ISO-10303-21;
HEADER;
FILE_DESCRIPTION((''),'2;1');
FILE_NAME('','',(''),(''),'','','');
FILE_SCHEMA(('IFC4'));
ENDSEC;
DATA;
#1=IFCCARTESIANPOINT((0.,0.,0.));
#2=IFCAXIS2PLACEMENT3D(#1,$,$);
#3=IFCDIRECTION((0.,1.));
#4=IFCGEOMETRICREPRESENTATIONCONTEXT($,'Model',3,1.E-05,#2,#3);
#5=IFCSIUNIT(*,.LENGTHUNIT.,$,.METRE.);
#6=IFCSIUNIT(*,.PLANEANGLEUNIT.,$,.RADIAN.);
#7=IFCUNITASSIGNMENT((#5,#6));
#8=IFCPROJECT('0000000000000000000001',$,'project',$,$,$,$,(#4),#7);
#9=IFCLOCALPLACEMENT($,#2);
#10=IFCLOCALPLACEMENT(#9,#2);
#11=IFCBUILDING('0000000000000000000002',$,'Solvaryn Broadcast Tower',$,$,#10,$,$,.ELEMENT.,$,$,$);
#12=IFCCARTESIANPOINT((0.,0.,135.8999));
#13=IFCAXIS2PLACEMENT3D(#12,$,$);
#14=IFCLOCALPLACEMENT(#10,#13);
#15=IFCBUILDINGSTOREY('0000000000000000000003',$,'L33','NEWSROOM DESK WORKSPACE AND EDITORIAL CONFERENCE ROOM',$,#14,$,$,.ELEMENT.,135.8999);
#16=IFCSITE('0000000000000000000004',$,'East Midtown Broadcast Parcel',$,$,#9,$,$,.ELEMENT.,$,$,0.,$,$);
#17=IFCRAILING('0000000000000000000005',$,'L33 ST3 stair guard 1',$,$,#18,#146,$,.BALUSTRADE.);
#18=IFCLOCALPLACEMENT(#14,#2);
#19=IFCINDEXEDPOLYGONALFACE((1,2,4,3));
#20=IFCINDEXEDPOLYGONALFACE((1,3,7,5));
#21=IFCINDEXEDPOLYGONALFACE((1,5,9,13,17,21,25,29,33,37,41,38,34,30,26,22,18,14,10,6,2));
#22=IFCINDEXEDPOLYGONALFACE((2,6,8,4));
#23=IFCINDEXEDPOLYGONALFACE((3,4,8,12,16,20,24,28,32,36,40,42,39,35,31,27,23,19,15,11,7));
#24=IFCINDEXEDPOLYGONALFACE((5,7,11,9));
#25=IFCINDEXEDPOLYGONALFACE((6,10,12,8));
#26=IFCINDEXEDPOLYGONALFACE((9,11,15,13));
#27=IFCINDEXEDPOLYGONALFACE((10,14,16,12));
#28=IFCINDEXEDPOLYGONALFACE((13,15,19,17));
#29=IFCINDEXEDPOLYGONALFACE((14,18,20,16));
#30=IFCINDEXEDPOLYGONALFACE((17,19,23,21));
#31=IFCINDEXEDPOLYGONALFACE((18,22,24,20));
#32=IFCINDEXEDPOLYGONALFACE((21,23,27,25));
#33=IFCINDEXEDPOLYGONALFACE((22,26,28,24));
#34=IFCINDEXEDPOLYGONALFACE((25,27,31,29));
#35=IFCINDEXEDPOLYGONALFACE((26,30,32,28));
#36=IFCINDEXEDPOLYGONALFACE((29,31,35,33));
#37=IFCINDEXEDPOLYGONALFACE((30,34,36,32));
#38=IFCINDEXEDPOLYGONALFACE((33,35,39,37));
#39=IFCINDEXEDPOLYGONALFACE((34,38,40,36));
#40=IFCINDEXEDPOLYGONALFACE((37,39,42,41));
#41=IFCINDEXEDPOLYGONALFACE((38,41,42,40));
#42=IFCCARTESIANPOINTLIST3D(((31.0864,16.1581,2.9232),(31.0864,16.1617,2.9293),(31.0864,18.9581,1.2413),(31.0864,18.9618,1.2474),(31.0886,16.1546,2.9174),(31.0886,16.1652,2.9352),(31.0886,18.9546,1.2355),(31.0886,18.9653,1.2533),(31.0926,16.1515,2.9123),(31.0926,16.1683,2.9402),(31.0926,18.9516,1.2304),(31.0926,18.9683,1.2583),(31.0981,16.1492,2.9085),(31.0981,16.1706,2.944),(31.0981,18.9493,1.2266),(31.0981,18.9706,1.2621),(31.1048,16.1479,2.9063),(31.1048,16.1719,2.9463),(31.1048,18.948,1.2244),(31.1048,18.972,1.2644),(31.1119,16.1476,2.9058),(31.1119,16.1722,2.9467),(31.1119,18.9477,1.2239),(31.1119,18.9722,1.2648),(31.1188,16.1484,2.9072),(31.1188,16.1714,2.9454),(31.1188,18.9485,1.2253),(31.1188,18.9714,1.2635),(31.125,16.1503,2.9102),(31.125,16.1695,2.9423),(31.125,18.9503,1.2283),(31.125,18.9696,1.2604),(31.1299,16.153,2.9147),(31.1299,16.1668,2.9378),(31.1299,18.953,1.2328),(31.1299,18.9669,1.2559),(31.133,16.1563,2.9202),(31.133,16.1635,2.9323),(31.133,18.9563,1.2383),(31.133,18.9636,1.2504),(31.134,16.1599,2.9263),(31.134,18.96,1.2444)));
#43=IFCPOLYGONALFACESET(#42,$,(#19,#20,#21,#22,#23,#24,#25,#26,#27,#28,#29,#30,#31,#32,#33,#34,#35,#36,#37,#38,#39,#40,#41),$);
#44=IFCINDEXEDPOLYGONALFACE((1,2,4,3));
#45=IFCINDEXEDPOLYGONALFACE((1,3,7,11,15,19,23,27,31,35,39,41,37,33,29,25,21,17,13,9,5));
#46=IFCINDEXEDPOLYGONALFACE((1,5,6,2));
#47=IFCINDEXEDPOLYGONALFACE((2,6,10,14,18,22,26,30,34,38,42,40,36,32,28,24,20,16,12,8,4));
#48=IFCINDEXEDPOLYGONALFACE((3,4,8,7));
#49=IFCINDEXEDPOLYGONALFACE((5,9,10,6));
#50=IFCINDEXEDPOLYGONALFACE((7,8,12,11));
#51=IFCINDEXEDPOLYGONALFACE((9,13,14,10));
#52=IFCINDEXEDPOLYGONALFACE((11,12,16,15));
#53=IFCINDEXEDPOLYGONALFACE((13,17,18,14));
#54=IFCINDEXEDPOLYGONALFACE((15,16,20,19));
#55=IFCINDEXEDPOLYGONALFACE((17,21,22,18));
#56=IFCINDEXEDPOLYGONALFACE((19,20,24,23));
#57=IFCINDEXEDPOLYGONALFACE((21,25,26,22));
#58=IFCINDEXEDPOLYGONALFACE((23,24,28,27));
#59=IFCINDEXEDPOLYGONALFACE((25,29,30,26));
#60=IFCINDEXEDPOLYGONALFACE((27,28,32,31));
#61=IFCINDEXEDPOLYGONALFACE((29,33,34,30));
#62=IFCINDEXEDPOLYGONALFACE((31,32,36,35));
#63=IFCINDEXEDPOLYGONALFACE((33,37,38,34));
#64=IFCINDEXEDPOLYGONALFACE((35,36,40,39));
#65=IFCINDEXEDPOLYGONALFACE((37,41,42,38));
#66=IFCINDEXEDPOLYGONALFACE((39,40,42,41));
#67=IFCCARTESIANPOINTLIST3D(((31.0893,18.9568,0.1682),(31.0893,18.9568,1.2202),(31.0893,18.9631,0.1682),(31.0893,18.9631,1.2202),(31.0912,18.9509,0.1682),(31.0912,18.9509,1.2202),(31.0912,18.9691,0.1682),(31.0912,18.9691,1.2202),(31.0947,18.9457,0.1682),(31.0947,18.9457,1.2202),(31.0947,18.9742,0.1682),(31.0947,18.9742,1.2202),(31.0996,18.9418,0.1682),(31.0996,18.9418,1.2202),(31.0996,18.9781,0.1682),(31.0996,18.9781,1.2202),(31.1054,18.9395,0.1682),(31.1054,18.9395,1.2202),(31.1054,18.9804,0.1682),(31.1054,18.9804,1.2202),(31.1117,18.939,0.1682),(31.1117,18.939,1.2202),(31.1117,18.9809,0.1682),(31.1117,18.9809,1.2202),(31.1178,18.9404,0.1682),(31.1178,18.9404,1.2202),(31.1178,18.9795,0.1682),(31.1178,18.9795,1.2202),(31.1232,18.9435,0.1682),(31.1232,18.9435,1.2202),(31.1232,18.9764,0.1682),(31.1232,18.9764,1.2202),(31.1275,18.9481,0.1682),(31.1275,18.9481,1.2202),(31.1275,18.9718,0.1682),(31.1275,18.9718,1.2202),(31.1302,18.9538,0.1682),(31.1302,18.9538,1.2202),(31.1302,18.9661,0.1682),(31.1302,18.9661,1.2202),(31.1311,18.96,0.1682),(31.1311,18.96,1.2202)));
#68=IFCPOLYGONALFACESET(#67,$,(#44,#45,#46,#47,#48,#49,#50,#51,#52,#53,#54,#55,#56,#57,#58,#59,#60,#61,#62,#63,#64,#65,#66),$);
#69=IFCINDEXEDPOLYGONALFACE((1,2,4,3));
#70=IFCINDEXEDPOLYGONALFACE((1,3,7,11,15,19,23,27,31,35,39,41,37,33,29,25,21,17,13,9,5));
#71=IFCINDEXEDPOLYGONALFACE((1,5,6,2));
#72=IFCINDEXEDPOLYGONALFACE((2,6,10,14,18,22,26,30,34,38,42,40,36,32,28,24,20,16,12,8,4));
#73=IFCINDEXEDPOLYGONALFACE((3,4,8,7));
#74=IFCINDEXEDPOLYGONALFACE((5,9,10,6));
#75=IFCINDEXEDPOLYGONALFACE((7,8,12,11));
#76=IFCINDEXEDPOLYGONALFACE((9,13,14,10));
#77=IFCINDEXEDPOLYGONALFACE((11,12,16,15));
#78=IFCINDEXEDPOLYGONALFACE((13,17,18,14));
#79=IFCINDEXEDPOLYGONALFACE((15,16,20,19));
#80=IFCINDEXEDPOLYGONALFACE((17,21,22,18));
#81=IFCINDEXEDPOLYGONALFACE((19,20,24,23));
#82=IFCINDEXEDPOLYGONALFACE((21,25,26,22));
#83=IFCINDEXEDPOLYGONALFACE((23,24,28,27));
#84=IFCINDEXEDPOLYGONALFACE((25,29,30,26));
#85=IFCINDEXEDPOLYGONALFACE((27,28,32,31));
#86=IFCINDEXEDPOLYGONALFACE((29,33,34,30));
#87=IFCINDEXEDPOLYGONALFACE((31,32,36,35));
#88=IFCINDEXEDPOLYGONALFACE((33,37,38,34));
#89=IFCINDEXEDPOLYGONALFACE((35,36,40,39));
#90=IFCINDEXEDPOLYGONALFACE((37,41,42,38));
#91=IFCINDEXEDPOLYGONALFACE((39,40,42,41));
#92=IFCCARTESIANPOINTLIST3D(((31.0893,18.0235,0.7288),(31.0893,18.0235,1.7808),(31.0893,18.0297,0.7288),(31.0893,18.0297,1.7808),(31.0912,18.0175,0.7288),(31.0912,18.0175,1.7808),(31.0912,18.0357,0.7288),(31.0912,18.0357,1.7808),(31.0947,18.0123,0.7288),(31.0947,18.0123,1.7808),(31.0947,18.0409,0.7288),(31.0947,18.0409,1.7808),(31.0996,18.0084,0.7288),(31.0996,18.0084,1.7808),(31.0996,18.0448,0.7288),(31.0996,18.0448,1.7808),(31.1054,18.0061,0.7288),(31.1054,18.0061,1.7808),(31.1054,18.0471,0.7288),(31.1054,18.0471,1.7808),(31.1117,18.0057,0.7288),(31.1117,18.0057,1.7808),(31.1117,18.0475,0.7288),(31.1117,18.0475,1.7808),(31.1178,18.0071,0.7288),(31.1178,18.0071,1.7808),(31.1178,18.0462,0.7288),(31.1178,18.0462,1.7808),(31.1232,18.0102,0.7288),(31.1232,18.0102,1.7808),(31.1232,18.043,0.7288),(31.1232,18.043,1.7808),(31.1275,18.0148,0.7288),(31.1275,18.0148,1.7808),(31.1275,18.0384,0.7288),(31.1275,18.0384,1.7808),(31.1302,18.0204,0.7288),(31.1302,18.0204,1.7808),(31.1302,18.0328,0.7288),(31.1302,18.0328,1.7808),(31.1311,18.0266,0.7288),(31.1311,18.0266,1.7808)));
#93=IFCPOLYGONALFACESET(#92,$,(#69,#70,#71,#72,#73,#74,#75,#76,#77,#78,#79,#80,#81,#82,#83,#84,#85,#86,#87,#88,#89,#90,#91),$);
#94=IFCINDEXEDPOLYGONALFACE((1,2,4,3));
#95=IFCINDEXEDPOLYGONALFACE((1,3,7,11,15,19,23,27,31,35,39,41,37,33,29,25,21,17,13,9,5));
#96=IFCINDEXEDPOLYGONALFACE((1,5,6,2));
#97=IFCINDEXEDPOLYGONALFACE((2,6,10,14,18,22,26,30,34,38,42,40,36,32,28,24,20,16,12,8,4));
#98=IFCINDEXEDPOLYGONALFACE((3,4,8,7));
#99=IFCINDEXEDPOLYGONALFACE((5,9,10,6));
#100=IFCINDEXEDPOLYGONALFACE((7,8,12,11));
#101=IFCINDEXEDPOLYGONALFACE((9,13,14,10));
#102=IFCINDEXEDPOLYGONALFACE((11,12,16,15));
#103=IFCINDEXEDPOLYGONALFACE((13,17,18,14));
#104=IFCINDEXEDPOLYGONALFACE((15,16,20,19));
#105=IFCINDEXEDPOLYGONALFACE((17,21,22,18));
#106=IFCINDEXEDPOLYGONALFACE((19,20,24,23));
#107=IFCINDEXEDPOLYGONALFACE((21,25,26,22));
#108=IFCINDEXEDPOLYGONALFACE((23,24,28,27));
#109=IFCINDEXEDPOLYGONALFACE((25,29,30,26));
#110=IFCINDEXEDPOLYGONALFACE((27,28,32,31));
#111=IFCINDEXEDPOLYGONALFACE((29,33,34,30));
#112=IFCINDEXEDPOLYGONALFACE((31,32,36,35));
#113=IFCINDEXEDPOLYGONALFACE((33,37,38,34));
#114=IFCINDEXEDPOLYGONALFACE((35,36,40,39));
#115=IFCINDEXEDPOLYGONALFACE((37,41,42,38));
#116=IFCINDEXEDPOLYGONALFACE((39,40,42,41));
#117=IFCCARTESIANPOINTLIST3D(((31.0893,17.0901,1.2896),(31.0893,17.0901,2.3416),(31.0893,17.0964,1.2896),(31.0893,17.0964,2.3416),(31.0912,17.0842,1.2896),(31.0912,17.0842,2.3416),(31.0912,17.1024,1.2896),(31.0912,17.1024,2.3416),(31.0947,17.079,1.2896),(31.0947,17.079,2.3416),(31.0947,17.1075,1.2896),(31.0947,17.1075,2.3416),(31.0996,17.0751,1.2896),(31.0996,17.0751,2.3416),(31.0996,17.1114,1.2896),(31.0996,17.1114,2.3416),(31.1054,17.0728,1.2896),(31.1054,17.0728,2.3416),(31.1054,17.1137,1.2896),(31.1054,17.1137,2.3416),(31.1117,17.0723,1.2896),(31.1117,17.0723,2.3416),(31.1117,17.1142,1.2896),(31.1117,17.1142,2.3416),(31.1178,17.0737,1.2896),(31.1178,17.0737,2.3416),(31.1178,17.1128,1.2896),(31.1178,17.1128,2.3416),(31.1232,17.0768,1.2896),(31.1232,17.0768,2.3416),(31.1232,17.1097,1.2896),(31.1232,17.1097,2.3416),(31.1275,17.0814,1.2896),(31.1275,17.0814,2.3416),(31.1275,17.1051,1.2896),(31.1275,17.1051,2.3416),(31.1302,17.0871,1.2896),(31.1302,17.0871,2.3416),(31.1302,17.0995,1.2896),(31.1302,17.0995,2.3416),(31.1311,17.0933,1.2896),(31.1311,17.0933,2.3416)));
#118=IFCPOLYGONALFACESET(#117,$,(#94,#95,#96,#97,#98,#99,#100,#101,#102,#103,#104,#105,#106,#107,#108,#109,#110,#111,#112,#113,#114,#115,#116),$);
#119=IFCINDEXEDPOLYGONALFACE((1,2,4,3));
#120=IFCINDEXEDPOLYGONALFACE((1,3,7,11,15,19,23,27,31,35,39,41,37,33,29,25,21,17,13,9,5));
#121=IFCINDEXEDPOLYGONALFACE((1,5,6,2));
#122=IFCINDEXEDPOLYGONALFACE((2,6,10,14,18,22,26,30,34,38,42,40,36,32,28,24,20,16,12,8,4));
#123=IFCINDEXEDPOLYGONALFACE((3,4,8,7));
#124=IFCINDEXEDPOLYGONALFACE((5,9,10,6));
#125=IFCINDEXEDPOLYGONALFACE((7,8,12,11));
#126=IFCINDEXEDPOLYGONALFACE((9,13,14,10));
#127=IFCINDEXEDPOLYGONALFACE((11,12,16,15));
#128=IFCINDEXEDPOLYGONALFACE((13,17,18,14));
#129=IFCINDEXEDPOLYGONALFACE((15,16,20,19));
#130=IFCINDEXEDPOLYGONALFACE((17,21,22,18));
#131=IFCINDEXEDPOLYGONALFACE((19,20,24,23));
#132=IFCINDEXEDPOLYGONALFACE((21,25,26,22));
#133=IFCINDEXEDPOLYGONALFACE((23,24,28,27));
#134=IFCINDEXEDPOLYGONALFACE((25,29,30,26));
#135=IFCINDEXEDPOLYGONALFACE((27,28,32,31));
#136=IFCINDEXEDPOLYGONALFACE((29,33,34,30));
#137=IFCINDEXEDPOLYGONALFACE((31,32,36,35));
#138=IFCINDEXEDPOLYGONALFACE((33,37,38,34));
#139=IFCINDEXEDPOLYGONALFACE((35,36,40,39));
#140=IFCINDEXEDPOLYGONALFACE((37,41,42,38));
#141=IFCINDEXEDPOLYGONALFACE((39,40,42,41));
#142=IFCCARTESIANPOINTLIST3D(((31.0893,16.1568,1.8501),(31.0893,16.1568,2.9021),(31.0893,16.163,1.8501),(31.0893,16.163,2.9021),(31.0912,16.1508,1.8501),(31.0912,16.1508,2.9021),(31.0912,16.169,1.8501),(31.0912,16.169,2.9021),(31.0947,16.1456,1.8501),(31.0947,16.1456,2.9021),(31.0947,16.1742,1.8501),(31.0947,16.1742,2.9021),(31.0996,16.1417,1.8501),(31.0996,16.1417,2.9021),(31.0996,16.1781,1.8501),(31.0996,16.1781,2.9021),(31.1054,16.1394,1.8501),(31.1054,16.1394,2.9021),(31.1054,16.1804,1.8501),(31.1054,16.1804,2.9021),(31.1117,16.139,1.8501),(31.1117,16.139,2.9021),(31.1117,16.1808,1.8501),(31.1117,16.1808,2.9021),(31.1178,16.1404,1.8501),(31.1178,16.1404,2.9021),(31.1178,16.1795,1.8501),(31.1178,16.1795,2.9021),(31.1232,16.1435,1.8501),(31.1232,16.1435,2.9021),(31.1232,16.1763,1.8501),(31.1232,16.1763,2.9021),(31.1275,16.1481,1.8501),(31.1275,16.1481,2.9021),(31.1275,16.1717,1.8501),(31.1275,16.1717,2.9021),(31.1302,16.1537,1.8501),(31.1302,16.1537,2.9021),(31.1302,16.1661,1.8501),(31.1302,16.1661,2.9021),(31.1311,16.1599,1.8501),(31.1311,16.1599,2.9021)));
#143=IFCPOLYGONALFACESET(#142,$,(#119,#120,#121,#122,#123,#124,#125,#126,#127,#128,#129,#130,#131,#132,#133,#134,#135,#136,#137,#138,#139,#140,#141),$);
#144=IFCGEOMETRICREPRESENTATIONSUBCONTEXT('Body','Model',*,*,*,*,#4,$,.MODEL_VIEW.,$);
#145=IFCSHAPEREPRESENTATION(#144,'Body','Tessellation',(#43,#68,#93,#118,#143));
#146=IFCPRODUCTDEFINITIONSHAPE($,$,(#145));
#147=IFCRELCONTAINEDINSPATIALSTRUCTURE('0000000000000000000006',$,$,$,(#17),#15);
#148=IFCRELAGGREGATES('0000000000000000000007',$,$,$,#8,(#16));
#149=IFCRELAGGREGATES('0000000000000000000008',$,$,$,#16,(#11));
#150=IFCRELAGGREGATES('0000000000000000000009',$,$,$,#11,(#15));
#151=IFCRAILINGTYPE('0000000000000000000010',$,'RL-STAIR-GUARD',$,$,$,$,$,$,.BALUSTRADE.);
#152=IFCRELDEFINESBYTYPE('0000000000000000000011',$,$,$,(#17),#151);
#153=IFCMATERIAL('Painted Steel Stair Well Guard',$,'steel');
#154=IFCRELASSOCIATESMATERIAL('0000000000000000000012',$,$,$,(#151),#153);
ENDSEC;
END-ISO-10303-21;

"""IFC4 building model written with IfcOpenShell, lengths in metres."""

from ifc_helpers import new_model, si_unit, direction, frame, origin, origin_2d, place, context, subcontext, project, spatial, circle, extrude, material, type_object, element, save


model = new_model("IFC4")

# Units and contexts
model_context = context("Model", 3, precision=1e-05, world=origin(), true_north=direction((0.0, 1.0)))
body_context = subcontext(model_context, "Body", "Model", "MODEL_VIEW")
ifc_project = project(units=[si_unit("LENGTHUNIT", "METRE"), si_unit("PLANEANGLEUNIT", "RADIAN")], contexts=[model_context])

# Site, building, storey
site_placement = place(None, origin())
site = spatial("IfcSite", under=ifc_project, at=site_placement, Name="East Midtown Broadcast Parcel", CompositionType="ELEMENT", RefElevation=0.0)
building_placement = place(site_placement, origin())
building = spatial("IfcBuilding", under=site, at=building_placement, Name="Solvaryn Broadcast Tower", CompositionType="ELEMENT")
storey_placement = place(building_placement, frame((0.0, 0.0, 135.8999)))
storey = spatial("IfcBuildingStorey", under=building, at=storey_placement, Name="L33", Description="NEWSROOM DESK WORKSPACE AND EDITORIAL CONFERENCE ROOM", CompositionType="ELEMENT", Elevation=135.8999)

# Railing
ifc_material_1 = material(Name="Painted Steel Stair Well Guard", Category="steel")
railing_type_1 = type_object("IfcRailingType", Name="RL-STAIR-GUARD", PredefinedType="BALUSTRADE", material=ifc_material_1)
railing_1_placement = place(storey_placement, frame((31.1101, 18.96, 0.1682)))
element("IfcRailing", 1, at=railing_1_placement, inside=storey, type_object=railing_type_1, Name="L33 ST3 stair guard 1", PredefinedType="BALUSTRADE", context=body_context, shape_type="SweptSolid", body=[
    extrude(circle(Radius=0.0239, at=origin_2d()), frame((0.0, 0.0, 1.0762), z_axis=(0.0, -0.857242, 0.514913), x_axis=(1.0, 0.0, 0.0)), (0.0, 0.0, 1.0), 3.2664),
    extrude(circle(Radius=0.021, at=origin_2d()), origin(), (0.0, 0.0, 1.0), 1.052),
    extrude(circle(Radius=0.021, at=origin_2d()), frame((0.0, -0.9333, 0.5605)), (0.0, 0.0, 1.0), 1.052),
    extrude(circle(Radius=0.021, at=origin_2d()), frame((0.0, -1.8667, 1.1213)), (0.0, 0.0, 1.0), 1.052),
    extrude(circle(Radius=0.021, at=origin_2d()), frame((0.0, -2.8, 1.6819)), (0.0, 0.0, 1.0), 1.052),
])

save(model, "model.ifc")
